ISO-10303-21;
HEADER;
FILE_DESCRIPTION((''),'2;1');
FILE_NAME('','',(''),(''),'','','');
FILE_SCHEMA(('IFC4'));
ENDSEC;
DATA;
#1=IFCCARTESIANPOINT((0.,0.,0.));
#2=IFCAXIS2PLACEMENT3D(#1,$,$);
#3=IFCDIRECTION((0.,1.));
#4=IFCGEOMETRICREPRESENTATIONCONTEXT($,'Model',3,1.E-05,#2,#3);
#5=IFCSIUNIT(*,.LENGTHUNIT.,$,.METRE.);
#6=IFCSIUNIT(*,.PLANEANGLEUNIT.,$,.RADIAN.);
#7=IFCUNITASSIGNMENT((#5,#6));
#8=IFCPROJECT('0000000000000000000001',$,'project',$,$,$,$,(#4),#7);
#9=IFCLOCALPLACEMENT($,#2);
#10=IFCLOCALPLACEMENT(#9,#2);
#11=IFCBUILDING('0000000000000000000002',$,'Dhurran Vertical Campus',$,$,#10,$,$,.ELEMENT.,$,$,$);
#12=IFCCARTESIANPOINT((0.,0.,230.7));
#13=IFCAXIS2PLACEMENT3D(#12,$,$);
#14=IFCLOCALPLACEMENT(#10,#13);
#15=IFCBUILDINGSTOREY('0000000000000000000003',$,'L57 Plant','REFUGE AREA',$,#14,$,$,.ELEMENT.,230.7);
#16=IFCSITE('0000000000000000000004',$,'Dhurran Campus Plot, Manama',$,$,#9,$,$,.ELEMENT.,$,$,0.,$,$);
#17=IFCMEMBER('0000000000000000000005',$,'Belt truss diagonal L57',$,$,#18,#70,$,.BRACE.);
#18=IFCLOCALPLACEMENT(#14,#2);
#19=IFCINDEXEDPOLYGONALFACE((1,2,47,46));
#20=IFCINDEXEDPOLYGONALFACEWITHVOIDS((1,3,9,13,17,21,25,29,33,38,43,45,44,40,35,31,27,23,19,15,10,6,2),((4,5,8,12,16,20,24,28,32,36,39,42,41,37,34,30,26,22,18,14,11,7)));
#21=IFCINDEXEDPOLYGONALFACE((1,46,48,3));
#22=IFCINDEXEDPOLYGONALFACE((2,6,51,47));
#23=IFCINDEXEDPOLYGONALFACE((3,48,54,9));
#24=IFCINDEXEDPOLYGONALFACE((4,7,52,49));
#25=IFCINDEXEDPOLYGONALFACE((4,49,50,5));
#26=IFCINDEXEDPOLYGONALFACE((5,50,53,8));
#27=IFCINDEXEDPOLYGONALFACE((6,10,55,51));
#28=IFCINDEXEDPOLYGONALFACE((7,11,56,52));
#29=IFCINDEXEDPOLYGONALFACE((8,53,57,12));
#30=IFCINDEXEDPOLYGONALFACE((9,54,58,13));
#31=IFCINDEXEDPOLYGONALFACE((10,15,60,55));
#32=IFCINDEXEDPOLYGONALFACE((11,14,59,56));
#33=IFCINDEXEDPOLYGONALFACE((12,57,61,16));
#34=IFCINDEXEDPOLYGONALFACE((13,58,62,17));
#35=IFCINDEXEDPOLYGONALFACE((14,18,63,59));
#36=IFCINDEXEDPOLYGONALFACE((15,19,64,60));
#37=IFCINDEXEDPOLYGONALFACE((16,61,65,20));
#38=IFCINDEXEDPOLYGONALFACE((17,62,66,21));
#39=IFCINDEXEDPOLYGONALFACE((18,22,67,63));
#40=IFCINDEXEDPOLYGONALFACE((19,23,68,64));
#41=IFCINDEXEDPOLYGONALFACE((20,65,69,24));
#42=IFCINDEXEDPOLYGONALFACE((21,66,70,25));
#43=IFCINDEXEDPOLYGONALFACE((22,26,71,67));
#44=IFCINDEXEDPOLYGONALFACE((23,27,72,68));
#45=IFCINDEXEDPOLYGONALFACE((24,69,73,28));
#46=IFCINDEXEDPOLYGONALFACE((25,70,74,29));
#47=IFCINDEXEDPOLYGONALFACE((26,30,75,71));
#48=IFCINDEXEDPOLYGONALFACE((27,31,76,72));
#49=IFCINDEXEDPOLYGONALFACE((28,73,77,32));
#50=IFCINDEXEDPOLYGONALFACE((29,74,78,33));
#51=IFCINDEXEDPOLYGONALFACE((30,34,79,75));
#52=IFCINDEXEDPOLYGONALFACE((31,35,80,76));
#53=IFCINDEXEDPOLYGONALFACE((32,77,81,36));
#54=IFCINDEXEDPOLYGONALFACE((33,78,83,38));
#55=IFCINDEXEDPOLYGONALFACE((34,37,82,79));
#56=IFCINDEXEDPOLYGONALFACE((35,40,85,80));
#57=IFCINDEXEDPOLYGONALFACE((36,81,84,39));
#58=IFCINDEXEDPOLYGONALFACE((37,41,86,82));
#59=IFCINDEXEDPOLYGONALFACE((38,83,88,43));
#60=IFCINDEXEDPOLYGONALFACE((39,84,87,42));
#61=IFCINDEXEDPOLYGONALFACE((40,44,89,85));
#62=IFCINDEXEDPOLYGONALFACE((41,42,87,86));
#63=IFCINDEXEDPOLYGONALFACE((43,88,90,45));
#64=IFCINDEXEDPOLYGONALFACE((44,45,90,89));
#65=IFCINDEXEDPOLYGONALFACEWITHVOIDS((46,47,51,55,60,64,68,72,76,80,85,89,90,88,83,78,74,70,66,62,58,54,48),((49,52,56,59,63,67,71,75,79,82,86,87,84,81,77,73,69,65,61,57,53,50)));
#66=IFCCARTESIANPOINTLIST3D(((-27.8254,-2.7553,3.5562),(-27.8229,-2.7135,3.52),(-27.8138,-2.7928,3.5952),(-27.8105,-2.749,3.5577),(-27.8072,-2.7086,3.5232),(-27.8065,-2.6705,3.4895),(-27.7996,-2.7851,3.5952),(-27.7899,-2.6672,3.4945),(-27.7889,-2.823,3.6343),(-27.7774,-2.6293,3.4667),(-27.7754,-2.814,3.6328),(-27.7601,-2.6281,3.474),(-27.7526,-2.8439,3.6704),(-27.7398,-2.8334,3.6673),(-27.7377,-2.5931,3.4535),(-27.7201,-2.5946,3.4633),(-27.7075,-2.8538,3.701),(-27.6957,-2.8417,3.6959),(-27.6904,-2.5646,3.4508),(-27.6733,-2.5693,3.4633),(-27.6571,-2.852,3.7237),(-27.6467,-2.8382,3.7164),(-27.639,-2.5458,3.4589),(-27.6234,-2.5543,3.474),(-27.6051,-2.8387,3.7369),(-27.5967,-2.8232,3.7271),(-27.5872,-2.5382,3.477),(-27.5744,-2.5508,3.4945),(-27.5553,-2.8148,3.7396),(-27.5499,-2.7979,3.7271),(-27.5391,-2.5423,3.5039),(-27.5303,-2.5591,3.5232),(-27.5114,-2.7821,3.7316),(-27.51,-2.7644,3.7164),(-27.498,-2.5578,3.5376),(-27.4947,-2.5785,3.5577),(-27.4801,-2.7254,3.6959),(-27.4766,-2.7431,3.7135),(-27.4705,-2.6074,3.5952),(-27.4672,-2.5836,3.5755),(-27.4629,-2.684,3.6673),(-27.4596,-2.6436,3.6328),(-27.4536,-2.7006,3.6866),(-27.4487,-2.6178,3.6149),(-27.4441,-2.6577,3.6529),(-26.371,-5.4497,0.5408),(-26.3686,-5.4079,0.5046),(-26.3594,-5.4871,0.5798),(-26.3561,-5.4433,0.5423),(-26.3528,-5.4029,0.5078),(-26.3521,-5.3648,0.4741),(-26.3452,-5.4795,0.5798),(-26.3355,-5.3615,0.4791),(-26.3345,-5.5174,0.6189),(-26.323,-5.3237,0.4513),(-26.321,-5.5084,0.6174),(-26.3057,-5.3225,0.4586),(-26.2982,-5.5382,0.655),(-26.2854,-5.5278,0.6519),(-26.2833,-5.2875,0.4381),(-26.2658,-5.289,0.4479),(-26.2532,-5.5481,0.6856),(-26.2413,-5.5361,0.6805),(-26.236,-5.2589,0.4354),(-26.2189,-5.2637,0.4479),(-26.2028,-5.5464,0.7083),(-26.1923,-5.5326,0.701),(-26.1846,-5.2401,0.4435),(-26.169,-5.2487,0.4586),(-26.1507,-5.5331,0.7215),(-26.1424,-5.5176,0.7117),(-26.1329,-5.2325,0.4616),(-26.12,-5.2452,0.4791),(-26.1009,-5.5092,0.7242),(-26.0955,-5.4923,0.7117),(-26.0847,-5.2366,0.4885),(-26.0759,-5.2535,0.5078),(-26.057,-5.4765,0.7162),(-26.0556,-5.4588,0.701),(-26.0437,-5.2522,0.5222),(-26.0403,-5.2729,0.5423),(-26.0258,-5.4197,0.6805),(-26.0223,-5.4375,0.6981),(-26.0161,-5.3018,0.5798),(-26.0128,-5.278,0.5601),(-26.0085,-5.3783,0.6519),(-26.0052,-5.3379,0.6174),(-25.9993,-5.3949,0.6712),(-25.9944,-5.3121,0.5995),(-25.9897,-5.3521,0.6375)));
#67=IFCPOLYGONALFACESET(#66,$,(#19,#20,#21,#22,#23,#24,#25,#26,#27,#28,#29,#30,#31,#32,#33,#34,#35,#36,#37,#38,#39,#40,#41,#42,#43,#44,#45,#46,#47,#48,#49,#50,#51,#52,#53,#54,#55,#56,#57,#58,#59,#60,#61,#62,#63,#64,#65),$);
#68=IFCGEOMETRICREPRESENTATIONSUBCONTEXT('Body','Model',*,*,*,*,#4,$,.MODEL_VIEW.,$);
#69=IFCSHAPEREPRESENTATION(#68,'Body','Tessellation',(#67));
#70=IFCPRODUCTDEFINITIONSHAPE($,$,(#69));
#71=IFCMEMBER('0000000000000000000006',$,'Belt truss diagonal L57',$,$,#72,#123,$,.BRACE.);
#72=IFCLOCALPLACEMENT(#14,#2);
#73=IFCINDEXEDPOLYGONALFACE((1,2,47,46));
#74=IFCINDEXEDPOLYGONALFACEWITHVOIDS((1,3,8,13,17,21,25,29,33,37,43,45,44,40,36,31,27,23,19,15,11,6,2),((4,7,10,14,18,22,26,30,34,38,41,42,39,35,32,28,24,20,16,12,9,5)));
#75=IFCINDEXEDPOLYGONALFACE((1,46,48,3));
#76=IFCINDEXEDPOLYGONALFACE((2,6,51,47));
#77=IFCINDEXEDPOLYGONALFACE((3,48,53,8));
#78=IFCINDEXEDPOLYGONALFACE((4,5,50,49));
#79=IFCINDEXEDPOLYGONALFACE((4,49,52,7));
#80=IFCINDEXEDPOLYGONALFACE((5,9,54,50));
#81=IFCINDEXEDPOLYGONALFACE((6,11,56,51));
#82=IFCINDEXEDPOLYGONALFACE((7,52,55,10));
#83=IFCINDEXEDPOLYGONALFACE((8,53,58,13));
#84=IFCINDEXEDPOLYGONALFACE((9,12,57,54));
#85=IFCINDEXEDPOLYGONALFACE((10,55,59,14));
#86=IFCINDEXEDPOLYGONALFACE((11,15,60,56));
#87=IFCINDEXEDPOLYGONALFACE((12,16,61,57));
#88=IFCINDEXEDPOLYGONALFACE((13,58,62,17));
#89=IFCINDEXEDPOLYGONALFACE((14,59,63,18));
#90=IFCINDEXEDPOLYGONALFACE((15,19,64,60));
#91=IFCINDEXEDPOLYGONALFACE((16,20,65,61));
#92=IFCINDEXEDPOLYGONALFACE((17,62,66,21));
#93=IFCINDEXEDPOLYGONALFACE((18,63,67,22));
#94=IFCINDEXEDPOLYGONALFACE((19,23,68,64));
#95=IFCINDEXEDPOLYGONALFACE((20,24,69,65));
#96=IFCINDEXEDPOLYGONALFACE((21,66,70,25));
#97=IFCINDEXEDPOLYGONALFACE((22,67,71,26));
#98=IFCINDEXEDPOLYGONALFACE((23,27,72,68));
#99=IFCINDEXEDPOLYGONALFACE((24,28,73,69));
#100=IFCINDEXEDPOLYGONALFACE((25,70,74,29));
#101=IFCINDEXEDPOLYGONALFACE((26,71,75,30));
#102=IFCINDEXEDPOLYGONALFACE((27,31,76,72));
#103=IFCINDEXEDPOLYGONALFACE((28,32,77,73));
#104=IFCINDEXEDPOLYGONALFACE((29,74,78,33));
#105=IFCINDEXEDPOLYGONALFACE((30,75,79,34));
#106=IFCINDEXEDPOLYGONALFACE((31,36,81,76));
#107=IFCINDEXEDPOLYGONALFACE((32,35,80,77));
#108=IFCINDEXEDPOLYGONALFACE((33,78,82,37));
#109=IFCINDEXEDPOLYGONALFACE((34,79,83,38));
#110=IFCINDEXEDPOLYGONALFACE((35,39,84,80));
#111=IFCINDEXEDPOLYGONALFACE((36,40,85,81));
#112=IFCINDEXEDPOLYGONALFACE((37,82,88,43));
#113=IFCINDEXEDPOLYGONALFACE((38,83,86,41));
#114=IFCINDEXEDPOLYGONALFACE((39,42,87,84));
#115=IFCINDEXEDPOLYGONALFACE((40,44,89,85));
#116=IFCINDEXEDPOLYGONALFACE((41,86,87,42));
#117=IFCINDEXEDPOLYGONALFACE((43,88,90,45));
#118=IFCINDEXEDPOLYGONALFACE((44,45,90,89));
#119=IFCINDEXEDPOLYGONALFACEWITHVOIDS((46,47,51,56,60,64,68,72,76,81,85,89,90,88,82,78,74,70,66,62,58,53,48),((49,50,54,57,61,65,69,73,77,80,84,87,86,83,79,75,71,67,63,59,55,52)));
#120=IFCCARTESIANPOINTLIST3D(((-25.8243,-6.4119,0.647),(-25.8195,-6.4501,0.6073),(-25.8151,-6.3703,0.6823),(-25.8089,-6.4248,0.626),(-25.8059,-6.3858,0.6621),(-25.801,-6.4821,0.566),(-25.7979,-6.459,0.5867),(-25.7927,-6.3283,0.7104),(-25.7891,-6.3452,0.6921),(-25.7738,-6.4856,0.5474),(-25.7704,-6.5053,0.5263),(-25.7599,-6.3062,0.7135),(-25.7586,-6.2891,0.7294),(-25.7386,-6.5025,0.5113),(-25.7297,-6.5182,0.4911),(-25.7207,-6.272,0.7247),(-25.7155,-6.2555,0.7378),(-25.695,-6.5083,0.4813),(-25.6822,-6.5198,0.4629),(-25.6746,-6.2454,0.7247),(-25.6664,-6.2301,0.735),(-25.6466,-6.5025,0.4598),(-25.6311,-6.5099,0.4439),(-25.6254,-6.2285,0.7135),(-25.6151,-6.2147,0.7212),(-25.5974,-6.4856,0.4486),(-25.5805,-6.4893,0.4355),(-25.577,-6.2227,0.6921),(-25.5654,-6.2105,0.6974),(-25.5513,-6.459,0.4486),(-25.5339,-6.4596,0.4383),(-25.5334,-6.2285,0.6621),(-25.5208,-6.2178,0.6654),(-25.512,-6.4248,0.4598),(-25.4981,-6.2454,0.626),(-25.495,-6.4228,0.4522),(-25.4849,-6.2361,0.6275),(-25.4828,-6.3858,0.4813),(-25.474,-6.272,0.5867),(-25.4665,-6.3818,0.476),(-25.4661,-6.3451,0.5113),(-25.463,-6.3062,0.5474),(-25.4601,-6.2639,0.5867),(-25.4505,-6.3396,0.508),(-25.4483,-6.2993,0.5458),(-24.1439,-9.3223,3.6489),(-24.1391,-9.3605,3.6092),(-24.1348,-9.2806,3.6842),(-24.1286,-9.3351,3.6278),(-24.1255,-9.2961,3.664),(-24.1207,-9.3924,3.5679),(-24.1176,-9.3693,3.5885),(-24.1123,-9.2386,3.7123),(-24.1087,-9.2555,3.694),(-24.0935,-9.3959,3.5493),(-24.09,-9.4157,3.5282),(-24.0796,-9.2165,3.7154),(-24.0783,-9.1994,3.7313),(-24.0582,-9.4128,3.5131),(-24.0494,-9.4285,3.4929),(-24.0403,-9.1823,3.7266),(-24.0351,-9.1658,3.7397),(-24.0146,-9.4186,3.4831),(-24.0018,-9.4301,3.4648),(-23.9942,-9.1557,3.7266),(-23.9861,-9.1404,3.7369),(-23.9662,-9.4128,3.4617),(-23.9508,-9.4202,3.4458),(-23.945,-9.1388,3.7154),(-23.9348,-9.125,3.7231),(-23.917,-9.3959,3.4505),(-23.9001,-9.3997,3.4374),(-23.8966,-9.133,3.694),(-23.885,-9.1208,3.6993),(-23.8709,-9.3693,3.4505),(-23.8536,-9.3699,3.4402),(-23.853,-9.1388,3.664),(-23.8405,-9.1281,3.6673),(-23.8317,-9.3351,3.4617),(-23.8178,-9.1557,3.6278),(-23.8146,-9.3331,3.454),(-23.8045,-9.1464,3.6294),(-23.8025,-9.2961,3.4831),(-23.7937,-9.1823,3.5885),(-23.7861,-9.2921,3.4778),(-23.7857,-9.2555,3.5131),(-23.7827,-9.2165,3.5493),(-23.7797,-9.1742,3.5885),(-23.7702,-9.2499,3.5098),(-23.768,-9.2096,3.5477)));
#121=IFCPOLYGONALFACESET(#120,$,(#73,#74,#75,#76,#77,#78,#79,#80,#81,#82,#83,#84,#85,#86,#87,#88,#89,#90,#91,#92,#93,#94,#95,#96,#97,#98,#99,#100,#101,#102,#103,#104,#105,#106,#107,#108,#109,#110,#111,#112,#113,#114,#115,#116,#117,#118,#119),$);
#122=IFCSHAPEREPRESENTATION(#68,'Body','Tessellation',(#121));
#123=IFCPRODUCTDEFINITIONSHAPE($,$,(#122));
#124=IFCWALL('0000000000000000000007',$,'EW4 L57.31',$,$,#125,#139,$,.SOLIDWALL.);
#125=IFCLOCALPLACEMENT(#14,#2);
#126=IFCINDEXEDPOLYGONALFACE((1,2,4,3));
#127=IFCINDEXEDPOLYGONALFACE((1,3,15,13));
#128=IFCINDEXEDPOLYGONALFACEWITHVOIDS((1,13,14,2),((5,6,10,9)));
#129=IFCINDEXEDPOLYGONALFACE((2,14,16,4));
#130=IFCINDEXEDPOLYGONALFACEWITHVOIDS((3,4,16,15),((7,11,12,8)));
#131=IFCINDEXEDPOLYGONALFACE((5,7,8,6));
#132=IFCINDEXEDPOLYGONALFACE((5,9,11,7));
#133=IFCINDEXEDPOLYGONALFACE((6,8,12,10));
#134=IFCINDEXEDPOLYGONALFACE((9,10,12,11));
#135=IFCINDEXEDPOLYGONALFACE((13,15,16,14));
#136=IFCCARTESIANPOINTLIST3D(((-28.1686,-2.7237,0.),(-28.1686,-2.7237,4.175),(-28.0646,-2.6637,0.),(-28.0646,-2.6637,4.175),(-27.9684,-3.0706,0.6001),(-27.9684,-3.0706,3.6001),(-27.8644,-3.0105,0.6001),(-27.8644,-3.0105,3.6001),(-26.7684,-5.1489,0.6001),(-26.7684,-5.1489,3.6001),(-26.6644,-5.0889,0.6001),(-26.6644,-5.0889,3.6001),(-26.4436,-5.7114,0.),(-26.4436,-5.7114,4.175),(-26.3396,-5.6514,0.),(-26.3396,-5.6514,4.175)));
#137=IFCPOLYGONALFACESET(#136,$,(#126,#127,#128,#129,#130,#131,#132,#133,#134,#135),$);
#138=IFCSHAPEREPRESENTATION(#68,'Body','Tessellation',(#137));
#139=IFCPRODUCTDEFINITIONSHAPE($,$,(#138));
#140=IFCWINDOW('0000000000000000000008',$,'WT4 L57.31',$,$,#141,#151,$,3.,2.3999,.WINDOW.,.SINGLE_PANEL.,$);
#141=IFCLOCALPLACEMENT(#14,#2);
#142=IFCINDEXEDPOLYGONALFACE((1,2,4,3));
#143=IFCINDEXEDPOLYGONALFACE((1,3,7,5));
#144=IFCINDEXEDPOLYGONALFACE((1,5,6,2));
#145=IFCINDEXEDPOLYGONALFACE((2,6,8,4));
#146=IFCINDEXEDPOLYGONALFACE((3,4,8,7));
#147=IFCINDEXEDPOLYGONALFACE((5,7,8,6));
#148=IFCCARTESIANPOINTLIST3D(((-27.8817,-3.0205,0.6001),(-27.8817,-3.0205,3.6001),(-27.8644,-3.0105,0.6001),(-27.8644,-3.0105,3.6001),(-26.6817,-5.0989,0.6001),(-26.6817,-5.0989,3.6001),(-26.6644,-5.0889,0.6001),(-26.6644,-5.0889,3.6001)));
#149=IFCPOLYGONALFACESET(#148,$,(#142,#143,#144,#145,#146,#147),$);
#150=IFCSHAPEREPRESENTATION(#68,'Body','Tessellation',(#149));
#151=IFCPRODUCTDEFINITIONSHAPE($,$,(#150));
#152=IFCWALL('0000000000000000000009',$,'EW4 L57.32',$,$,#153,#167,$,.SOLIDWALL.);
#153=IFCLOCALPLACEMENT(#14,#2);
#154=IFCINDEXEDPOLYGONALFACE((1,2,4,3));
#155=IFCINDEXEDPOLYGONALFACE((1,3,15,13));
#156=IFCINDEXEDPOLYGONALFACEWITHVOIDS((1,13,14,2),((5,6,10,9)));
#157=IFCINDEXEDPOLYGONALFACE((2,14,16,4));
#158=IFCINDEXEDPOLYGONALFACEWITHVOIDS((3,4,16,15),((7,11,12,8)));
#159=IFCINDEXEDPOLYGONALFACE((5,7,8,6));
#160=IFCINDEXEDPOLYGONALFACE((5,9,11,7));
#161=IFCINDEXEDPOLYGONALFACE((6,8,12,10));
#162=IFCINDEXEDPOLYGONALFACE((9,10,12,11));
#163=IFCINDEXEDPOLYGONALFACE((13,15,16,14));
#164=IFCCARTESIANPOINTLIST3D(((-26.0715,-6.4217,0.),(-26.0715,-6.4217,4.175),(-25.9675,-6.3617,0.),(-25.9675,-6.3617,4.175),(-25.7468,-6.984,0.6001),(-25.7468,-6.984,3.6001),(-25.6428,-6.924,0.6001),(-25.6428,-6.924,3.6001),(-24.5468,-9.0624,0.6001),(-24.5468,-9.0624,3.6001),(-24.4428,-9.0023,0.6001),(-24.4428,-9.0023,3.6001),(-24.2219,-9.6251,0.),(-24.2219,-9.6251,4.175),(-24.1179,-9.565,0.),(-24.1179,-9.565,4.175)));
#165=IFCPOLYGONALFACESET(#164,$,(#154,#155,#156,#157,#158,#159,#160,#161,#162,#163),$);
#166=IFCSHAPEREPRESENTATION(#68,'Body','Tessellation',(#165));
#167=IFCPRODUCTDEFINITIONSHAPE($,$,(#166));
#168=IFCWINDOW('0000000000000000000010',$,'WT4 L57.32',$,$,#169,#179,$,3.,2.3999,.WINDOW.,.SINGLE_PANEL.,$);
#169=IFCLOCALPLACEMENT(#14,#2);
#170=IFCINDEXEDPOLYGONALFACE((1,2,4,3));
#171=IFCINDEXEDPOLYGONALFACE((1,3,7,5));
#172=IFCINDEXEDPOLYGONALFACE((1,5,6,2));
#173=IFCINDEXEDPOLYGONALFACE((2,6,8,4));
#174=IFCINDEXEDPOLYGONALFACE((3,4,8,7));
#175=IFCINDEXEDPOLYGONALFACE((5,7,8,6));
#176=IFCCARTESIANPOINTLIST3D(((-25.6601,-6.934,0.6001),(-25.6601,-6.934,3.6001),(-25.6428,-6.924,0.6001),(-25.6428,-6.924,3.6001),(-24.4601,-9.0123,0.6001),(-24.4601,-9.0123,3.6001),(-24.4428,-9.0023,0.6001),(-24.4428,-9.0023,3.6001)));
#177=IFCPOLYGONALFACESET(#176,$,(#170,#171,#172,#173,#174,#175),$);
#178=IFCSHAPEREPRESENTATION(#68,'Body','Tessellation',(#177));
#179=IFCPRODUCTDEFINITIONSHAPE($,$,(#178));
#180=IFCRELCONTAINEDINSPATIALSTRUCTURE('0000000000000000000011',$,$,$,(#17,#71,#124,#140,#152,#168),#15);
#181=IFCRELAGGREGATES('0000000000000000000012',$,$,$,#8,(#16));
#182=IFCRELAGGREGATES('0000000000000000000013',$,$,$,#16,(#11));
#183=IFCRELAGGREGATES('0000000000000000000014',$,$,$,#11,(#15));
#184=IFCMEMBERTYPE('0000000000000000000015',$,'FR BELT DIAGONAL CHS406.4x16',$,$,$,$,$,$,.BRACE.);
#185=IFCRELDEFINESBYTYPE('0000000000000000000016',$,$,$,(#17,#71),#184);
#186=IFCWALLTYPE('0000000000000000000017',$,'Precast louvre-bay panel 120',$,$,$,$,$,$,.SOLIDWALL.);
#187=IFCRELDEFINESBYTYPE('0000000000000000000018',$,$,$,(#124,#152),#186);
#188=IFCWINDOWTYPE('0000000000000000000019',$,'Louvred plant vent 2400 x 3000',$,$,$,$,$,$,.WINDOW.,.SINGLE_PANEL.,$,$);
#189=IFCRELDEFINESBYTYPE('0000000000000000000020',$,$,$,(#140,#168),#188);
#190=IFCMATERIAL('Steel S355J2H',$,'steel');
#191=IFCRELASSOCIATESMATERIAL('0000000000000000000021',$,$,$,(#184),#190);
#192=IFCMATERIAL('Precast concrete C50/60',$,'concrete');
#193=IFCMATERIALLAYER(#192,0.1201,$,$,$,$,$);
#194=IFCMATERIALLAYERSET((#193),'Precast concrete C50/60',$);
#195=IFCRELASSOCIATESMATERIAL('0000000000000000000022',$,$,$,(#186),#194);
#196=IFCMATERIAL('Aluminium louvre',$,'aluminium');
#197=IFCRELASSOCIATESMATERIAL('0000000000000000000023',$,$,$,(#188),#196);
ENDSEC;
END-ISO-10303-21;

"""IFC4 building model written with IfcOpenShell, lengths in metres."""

from ifc_helpers import new_model, si_unit, direction, frame, frame_2d, origin, origin_2d, place, context, subcontext, project, spatial, rectangle, hollow_circle, extrude, material, layer, layer_set, material_profile, profile_set, type_object, element, fill, save


model = new_model("IFC4")

# Units and contexts
model_context = context("Model", 3, precision=1e-05, world=origin(), true_north=direction((0.0, 1.0)))
body_context = subcontext(model_context, "Body", "Model", "MODEL_VIEW")
ifc_project = project(units=[si_unit("LENGTHUNIT", "METRE"), si_unit("PLANEANGLEUNIT", "RADIAN")], contexts=[model_context])

# Site, building, storey
site_placement = place(None, origin())
site = spatial("IfcSite", under=ifc_project, at=site_placement, Name="Dhurran Campus Plot, Manama", CompositionType="ELEMENT", RefElevation=0.0)
building_placement = place(site_placement, origin())
building = spatial("IfcBuilding", under=site, at=building_placement, Name="Dhurran Vertical Campus", CompositionType="ELEMENT")
storey_placement = place(building_placement, frame((0.0, 0.0, 230.7)))
storey = spatial("IfcBuildingStorey", under=building, at=storey_placement, Name="L57 Plant", Description="REFUGE AREA", CompositionType="ELEMENT", Elevation=230.7)

# Members
ifc_material_1 = material(Name="Steel S355J2H", Category="steel")
ifc_material_profile_1 = material_profile(ifc_material_1, hollow_circle(Radius=0.2031, WallThickness=0.0161, at=origin_2d()), Name="CHS406.4x16")
ifc_profile_set_1 = profile_set([ifc_material_profile_1], Name="Steel S355J2H")
member_type = type_object("IfcMemberType", Name="FR BELT DIAGONAL CHS406.4x16", PredefinedType="BRACE", material=ifc_profile_set_1)
member_1_placement = place(storey_placement, frame((-26.1807, -5.3906, 0.5798), z_axis=(-0.33843, 0.626978, 0.701686), x_axis=(-0.879987, -0.474998, 0.0)))
element("IfcMember", 1, at=member_1_placement, inside=storey, type_object=member_type, Name="Belt truss diagonal L57", PredefinedType="BRACE", context=body_context, shape_type="SweptSolid", body=[
    extrude(hollow_circle(Radius=0.2031, WallThickness=0.0161, at=origin_2d()), origin(), (0.0, 0.0, 1.0), 4.2974),
])
member_2_placement = place(storey_placement, frame((-25.636, -6.3655, 0.5867), z_axis=(0.372912, -0.645864, 0.666181), x_axis=(0.866013, 0.500022, 0.0)))
element("IfcMember", 2, at=member_2_placement, inside=storey, type_object=member_type, Name="Belt truss diagonal L57", PredefinedType="BRACE", context=body_context, shape_type="SweptSolid", body=[
    extrude(hollow_circle(Radius=0.2031, WallThickness=0.0161, at=origin_2d()), origin(), (0.0, 0.0, 1.0), 4.5061),
])

# Walls, openings, windows
ifc_material_2 = material(Name="Precast concrete C50/60", Category="concrete")
ifc_layer_1 = layer(ifc_material_2, 0.1201)
ifc_layer_set_1 = layer_set([ifc_layer_1], Name="Precast concrete C50/60")
wall_type_1 = type_object("IfcWallType", Name="Precast louvre-bay panel 120", PredefinedType="SOLIDWALL", material=ifc_layer_set_1)
wall_1_placement = place(storey_placement, frame((-28.1167, -2.6936, 0.0), z_axis=(0.0, 0.0, 1.0), x_axis=(0.500021, -0.866014, 0.0)))
wall_1 = element("IfcWall", 3, at=wall_1_placement, inside=storey, type_object=wall_type_1, Name="EW4 L57.31", PredefinedType="SOLIDWALL", context=body_context, shape_type="SweptSolid", body=[
    extrude(rectangle(XDim=3.45, YDim=0.1201, at=frame_2d((1.7251, 0.0))), origin(), (0.0, 0.0, 1.0), 4.175),
])
opening_1_placement = place(wall_1_placement, frame((0.4006, 0.0, 0.6001)))
opening_1 = element("IfcOpeningElement", 4, at=opening_1_placement, cuts=wall_1, PredefinedType="OPENING", context=body_context, shape_type="SweptSolid", body=[
    extrude(rectangle(XDim=2.3999, YDim=3.0, at=frame_2d((1.2, 1.5))), frame((0.0, 0.0701, 0.0), z_axis=(0.0, -1.0, 0.0), x_axis=(1.0, 0.0, 0.0)), (0.0, 0.0, 1.0), 0.1401),
])
ifc_material_3 = material(Name="Aluminium louvre", Category="aluminium")
window_type = type_object("IfcWindowType", Name="Louvred plant vent 2400 x 3000", PartitioningType="SINGLE_PANEL", PredefinedType="WINDOW", material=ifc_material_3)
window_1_placement = place(opening_1_placement, origin())
window_1 = element("IfcWindow", 5, at=window_1_placement, inside=storey, type_object=window_type, Name="WT4 L57.31", OverallHeight=3.0, OverallWidth=2.3999, PartitioningType="SINGLE_PANEL", PredefinedType="WINDOW", context=body_context, shape_type="SweptSolid", body=[
    extrude(rectangle(XDim=2.3999, YDim=3.0, at=frame_2d((1.2, 1.5))), frame((0.0, 0.0601, 0.0), z_axis=(0.0, -1.0, 0.0), x_axis=(1.0, 0.0, 0.0)), (0.0, 0.0, 1.0), 0.02),
])
fill(opening_1, window_1)
wall_2_placement = place(storey_placement, frame((-26.0195, -6.3916, 0.0), z_axis=(0.0, 0.0, 1.0), x_axis=(0.500029, -0.866009, 0.0)))
wall_2 = element("IfcWall", 6, at=wall_2_placement, inside=storey, type_object=wall_type_1, Name="EW4 L57.32", PredefinedType="SOLIDWALL", context=body_context, shape_type="SweptSolid", body=[
    extrude(rectangle(XDim=3.699, YDim=0.1201, at=frame_2d((1.8496, 0.0))), origin(), (0.0, 0.0, 1.0), 4.175),
])
opening_2_placement = place(wall_2_placement, frame((0.6494, 0.0, 0.6001)))
opening_2 = element("IfcOpeningElement", 7, at=opening_2_placement, cuts=wall_2, PredefinedType="OPENING", context=body_context, shape_type="SweptSolid", body=[
    extrude(rectangle(XDim=2.3999, YDim=3.0, at=frame_2d((1.2, 1.5))), frame((0.0, 0.0701, 0.0), z_axis=(0.0, -1.0, 0.0), x_axis=(1.0, 0.0, 0.0)), (0.0, 0.0, 1.0), 0.1401),
])
window_2_placement = place(opening_2_placement, origin())
window_2 = element("IfcWindow", 8, at=window_2_placement, inside=storey, type_object=window_type, Name="WT4 L57.32", OverallHeight=3.0, OverallWidth=2.3999, PartitioningType="SINGLE_PANEL", PredefinedType="WINDOW", context=body_context, shape_type="SweptSolid", body=[
    extrude(rectangle(XDim=2.3999, YDim=3.0, at=frame_2d((1.2, 1.5))), frame((0.0, 0.0601, 0.0), z_axis=(0.0, -1.0, 0.0), x_axis=(1.0, 0.0, 0.0)), (0.0, 0.0, 1.0), 0.02),
])
fill(opening_2, window_2)

save(model, "model.ifc")
